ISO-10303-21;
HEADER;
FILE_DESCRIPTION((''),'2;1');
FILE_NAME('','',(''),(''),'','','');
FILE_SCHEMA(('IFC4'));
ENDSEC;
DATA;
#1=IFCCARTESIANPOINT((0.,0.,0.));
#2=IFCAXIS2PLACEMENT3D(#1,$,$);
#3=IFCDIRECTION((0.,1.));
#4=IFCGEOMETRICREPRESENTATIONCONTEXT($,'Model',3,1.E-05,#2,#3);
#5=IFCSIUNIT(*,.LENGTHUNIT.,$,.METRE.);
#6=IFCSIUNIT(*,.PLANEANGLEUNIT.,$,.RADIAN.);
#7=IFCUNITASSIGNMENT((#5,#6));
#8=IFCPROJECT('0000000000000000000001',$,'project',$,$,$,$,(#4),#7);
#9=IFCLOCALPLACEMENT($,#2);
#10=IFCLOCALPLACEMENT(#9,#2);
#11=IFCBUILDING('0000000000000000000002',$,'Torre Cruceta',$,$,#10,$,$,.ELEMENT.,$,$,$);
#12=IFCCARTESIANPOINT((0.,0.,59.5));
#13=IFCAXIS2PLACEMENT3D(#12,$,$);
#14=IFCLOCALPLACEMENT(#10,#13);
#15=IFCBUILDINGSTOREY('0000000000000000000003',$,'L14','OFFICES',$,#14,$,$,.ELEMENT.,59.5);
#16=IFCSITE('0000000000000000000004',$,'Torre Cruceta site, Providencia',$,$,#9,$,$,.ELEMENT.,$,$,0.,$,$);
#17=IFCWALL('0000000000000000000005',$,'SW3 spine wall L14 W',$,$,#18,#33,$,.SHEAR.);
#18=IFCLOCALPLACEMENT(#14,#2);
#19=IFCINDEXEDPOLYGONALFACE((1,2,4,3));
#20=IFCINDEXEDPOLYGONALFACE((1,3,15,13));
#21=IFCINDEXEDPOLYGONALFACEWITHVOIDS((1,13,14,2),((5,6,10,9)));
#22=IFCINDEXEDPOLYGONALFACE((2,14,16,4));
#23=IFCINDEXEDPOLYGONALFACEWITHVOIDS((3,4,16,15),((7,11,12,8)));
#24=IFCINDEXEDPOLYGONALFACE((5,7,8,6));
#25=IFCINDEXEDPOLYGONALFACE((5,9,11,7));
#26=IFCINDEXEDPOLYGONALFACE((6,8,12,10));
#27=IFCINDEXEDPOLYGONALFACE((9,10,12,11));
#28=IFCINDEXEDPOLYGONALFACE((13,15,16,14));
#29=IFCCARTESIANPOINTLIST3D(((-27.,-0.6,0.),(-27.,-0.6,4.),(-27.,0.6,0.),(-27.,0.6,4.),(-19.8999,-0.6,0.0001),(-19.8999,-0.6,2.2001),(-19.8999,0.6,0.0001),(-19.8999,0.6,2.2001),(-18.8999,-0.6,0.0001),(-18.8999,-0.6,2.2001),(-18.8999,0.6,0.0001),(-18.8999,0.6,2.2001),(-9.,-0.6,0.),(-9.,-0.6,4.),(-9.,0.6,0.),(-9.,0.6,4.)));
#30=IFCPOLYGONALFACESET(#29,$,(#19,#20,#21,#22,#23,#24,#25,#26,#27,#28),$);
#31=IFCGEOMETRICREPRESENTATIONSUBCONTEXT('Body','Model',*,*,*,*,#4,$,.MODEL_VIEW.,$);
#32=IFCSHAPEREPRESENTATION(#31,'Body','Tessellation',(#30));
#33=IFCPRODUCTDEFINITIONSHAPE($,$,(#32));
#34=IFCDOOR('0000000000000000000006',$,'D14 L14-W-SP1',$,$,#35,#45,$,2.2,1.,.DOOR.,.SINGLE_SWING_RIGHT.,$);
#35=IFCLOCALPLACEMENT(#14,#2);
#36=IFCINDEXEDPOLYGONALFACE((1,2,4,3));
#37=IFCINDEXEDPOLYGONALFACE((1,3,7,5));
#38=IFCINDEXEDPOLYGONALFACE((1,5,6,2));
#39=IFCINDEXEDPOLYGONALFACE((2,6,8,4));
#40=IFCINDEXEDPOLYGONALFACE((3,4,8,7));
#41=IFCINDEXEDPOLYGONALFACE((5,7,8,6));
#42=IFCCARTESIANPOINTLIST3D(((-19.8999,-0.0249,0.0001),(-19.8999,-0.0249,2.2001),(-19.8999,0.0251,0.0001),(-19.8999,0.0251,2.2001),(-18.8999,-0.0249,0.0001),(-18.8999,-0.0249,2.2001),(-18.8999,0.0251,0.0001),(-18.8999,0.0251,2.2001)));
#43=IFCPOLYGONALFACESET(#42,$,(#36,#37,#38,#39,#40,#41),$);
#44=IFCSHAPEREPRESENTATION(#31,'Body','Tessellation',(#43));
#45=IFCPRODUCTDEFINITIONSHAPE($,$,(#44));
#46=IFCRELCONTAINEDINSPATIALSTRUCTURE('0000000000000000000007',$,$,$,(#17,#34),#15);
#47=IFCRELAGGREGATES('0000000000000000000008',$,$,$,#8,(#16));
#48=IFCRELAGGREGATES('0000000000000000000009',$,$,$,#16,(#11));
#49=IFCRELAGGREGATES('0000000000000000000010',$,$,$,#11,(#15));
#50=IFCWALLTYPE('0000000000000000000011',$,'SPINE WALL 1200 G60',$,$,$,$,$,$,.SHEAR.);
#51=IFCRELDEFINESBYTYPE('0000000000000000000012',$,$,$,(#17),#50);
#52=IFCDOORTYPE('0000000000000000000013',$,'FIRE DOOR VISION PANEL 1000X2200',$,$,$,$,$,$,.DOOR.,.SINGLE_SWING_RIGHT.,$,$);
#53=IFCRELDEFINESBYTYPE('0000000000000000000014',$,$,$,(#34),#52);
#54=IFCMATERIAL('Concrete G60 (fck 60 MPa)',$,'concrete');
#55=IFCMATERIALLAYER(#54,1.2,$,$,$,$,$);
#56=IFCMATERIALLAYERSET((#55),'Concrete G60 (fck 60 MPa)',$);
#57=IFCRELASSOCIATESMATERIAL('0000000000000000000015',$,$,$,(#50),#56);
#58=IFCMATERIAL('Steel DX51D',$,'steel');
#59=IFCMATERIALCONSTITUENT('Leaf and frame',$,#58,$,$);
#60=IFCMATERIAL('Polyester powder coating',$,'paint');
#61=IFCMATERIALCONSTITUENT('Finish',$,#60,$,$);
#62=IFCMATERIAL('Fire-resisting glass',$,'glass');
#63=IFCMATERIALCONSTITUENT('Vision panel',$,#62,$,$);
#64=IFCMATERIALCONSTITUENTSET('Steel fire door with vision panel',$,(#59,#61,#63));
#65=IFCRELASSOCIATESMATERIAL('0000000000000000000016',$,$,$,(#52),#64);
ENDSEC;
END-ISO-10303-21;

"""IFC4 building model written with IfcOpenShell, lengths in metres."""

from ifc_helpers import new_model, si_unit, direction, frame, frame_2d, origin, place, context, subcontext, project, spatial, rectangle, extrude, material, layer, layer_set, constituent, constituent_set, type_object, element, fill, save


model = new_model("IFC4")

# Units and contexts
model_context = context("Model", 3, precision=1e-05, world=origin(), true_north=direction((0.0, 1.0)))
body_context = subcontext(model_context, "Body", "Model", "MODEL_VIEW")
ifc_project = project(units=[si_unit("LENGTHUNIT", "METRE"), si_unit("PLANEANGLEUNIT", "RADIAN")], contexts=[model_context])

# Site, building, storey
site_placement = place(None, origin())
site = spatial("IfcSite", under=ifc_project, at=site_placement, Name="Torre Cruceta site, Providencia", CompositionType="ELEMENT", RefElevation=0.0)
building_placement = place(site_placement, origin())
building = spatial("IfcBuilding", under=site, at=building_placement, Name="Torre Cruceta", CompositionType="ELEMENT")
storey_placement = place(building_placement, frame((0.0, 0.0, 59.5)))
storey = spatial("IfcBuildingStorey", under=building, at=storey_placement, Name="L14", Description="OFFICES", CompositionType="ELEMENT", Elevation=59.5)

# Wall, opening, door
ifc_material_1 = material(Name="Concrete G60 (fck 60 MPa)", Category="concrete")
ifc_layer_1 = layer(ifc_material_1, 1.2)
ifc_layer_set_1 = layer_set([ifc_layer_1], Name="Concrete G60 (fck 60 MPa)")
wall_type_1 = type_object("IfcWallType", Name="SPINE WALL 1200 G60", PredefinedType="SHEAR", material=ifc_layer_set_1)
wall_1_placement = place(storey_placement, frame((-9.0, 0.0, 0.0), z_axis=(0.0, 0.0, 1.0), x_axis=(-1.0, 0.0, 0.0)))
wall_1 = element("IfcWall", 1, at=wall_1_placement, inside=storey, type_object=wall_type_1, Name="SW3 spine wall L14 W", PredefinedType="SHEAR", context=body_context, shape_type="SweptSolid", body=[
    extrude(rectangle(XDim=18.0, YDim=1.2, at=frame_2d((9.0, 0.0))), origin(), (0.0, 0.0, 1.0), 4.0),
])
opening_1_placement = place(wall_1_placement, frame((9.8999, 0.0, 0.0)))
opening_1 = element("IfcOpeningElement", 2, at=opening_1_placement, cuts=wall_1, PredefinedType="OPENING", context=body_context, shape_type="SweptSolid", body=[
    extrude(rectangle(XDim=1.0, YDim=2.2, at=frame_2d((0.5, 1.1001))), frame((0.0, 0.6099, 0.0), z_axis=(0.0, -1.0, 0.0), x_axis=(1.0, 0.0, 0.0)), (0.0, 0.0, 1.0), 1.22),
])
ifc_material_2 = material(Name="Steel DX51D", Category="steel")
ifc_constituent_1 = constituent(ifc_material_2, Name="Leaf and frame")
ifc_material_3 = material(Name="Polyester powder coating", Category="paint")
ifc_constituent_2 = constituent(ifc_material_3, Name="Finish")
ifc_material_4 = material(Name="Fire-resisting glass", Category="glass")
ifc_constituent_3 = constituent(ifc_material_4, Name="Vision panel")
ifc_constituent_set_1 = constituent_set(constituents=[ifc_constituent_1, ifc_constituent_2, ifc_constituent_3], Name="Steel fire door with vision panel")
door_type_1 = type_object("IfcDoorType", Name="FIRE DOOR VISION PANEL 1000X2200", OperationType="SINGLE_SWING_RIGHT", PredefinedType="DOOR", material=ifc_constituent_set_1)
door_1_placement = place(opening_1_placement, frame((1.0, 0.0, 0.0), z_axis=(0.0, 0.0, 1.0), x_axis=(-1.0, 0.0, 0.0)))
door_1 = element("IfcDoor", 3, at=door_1_placement, inside=storey, type_object=door_type_1, Name="D14 L14-W-SP1", OperationType="SINGLE_SWING_RIGHT", OverallHeight=2.2, OverallWidth=1.0, PredefinedType="DOOR", context=body_context, shape_type="SweptSolid", body=[
    extrude(rectangle(XDim=1.0, YDim=2.2, at=frame_2d((0.5, 1.1001))), frame((0.0, 0.0251, 0.0), z_axis=(0.0, -1.0, 0.0), x_axis=(1.0, 0.0, 0.0)), (0.0, 0.0, 1.0), 0.05),
])
fill(opening_1, door_1)

save(model, "model.ifc")
